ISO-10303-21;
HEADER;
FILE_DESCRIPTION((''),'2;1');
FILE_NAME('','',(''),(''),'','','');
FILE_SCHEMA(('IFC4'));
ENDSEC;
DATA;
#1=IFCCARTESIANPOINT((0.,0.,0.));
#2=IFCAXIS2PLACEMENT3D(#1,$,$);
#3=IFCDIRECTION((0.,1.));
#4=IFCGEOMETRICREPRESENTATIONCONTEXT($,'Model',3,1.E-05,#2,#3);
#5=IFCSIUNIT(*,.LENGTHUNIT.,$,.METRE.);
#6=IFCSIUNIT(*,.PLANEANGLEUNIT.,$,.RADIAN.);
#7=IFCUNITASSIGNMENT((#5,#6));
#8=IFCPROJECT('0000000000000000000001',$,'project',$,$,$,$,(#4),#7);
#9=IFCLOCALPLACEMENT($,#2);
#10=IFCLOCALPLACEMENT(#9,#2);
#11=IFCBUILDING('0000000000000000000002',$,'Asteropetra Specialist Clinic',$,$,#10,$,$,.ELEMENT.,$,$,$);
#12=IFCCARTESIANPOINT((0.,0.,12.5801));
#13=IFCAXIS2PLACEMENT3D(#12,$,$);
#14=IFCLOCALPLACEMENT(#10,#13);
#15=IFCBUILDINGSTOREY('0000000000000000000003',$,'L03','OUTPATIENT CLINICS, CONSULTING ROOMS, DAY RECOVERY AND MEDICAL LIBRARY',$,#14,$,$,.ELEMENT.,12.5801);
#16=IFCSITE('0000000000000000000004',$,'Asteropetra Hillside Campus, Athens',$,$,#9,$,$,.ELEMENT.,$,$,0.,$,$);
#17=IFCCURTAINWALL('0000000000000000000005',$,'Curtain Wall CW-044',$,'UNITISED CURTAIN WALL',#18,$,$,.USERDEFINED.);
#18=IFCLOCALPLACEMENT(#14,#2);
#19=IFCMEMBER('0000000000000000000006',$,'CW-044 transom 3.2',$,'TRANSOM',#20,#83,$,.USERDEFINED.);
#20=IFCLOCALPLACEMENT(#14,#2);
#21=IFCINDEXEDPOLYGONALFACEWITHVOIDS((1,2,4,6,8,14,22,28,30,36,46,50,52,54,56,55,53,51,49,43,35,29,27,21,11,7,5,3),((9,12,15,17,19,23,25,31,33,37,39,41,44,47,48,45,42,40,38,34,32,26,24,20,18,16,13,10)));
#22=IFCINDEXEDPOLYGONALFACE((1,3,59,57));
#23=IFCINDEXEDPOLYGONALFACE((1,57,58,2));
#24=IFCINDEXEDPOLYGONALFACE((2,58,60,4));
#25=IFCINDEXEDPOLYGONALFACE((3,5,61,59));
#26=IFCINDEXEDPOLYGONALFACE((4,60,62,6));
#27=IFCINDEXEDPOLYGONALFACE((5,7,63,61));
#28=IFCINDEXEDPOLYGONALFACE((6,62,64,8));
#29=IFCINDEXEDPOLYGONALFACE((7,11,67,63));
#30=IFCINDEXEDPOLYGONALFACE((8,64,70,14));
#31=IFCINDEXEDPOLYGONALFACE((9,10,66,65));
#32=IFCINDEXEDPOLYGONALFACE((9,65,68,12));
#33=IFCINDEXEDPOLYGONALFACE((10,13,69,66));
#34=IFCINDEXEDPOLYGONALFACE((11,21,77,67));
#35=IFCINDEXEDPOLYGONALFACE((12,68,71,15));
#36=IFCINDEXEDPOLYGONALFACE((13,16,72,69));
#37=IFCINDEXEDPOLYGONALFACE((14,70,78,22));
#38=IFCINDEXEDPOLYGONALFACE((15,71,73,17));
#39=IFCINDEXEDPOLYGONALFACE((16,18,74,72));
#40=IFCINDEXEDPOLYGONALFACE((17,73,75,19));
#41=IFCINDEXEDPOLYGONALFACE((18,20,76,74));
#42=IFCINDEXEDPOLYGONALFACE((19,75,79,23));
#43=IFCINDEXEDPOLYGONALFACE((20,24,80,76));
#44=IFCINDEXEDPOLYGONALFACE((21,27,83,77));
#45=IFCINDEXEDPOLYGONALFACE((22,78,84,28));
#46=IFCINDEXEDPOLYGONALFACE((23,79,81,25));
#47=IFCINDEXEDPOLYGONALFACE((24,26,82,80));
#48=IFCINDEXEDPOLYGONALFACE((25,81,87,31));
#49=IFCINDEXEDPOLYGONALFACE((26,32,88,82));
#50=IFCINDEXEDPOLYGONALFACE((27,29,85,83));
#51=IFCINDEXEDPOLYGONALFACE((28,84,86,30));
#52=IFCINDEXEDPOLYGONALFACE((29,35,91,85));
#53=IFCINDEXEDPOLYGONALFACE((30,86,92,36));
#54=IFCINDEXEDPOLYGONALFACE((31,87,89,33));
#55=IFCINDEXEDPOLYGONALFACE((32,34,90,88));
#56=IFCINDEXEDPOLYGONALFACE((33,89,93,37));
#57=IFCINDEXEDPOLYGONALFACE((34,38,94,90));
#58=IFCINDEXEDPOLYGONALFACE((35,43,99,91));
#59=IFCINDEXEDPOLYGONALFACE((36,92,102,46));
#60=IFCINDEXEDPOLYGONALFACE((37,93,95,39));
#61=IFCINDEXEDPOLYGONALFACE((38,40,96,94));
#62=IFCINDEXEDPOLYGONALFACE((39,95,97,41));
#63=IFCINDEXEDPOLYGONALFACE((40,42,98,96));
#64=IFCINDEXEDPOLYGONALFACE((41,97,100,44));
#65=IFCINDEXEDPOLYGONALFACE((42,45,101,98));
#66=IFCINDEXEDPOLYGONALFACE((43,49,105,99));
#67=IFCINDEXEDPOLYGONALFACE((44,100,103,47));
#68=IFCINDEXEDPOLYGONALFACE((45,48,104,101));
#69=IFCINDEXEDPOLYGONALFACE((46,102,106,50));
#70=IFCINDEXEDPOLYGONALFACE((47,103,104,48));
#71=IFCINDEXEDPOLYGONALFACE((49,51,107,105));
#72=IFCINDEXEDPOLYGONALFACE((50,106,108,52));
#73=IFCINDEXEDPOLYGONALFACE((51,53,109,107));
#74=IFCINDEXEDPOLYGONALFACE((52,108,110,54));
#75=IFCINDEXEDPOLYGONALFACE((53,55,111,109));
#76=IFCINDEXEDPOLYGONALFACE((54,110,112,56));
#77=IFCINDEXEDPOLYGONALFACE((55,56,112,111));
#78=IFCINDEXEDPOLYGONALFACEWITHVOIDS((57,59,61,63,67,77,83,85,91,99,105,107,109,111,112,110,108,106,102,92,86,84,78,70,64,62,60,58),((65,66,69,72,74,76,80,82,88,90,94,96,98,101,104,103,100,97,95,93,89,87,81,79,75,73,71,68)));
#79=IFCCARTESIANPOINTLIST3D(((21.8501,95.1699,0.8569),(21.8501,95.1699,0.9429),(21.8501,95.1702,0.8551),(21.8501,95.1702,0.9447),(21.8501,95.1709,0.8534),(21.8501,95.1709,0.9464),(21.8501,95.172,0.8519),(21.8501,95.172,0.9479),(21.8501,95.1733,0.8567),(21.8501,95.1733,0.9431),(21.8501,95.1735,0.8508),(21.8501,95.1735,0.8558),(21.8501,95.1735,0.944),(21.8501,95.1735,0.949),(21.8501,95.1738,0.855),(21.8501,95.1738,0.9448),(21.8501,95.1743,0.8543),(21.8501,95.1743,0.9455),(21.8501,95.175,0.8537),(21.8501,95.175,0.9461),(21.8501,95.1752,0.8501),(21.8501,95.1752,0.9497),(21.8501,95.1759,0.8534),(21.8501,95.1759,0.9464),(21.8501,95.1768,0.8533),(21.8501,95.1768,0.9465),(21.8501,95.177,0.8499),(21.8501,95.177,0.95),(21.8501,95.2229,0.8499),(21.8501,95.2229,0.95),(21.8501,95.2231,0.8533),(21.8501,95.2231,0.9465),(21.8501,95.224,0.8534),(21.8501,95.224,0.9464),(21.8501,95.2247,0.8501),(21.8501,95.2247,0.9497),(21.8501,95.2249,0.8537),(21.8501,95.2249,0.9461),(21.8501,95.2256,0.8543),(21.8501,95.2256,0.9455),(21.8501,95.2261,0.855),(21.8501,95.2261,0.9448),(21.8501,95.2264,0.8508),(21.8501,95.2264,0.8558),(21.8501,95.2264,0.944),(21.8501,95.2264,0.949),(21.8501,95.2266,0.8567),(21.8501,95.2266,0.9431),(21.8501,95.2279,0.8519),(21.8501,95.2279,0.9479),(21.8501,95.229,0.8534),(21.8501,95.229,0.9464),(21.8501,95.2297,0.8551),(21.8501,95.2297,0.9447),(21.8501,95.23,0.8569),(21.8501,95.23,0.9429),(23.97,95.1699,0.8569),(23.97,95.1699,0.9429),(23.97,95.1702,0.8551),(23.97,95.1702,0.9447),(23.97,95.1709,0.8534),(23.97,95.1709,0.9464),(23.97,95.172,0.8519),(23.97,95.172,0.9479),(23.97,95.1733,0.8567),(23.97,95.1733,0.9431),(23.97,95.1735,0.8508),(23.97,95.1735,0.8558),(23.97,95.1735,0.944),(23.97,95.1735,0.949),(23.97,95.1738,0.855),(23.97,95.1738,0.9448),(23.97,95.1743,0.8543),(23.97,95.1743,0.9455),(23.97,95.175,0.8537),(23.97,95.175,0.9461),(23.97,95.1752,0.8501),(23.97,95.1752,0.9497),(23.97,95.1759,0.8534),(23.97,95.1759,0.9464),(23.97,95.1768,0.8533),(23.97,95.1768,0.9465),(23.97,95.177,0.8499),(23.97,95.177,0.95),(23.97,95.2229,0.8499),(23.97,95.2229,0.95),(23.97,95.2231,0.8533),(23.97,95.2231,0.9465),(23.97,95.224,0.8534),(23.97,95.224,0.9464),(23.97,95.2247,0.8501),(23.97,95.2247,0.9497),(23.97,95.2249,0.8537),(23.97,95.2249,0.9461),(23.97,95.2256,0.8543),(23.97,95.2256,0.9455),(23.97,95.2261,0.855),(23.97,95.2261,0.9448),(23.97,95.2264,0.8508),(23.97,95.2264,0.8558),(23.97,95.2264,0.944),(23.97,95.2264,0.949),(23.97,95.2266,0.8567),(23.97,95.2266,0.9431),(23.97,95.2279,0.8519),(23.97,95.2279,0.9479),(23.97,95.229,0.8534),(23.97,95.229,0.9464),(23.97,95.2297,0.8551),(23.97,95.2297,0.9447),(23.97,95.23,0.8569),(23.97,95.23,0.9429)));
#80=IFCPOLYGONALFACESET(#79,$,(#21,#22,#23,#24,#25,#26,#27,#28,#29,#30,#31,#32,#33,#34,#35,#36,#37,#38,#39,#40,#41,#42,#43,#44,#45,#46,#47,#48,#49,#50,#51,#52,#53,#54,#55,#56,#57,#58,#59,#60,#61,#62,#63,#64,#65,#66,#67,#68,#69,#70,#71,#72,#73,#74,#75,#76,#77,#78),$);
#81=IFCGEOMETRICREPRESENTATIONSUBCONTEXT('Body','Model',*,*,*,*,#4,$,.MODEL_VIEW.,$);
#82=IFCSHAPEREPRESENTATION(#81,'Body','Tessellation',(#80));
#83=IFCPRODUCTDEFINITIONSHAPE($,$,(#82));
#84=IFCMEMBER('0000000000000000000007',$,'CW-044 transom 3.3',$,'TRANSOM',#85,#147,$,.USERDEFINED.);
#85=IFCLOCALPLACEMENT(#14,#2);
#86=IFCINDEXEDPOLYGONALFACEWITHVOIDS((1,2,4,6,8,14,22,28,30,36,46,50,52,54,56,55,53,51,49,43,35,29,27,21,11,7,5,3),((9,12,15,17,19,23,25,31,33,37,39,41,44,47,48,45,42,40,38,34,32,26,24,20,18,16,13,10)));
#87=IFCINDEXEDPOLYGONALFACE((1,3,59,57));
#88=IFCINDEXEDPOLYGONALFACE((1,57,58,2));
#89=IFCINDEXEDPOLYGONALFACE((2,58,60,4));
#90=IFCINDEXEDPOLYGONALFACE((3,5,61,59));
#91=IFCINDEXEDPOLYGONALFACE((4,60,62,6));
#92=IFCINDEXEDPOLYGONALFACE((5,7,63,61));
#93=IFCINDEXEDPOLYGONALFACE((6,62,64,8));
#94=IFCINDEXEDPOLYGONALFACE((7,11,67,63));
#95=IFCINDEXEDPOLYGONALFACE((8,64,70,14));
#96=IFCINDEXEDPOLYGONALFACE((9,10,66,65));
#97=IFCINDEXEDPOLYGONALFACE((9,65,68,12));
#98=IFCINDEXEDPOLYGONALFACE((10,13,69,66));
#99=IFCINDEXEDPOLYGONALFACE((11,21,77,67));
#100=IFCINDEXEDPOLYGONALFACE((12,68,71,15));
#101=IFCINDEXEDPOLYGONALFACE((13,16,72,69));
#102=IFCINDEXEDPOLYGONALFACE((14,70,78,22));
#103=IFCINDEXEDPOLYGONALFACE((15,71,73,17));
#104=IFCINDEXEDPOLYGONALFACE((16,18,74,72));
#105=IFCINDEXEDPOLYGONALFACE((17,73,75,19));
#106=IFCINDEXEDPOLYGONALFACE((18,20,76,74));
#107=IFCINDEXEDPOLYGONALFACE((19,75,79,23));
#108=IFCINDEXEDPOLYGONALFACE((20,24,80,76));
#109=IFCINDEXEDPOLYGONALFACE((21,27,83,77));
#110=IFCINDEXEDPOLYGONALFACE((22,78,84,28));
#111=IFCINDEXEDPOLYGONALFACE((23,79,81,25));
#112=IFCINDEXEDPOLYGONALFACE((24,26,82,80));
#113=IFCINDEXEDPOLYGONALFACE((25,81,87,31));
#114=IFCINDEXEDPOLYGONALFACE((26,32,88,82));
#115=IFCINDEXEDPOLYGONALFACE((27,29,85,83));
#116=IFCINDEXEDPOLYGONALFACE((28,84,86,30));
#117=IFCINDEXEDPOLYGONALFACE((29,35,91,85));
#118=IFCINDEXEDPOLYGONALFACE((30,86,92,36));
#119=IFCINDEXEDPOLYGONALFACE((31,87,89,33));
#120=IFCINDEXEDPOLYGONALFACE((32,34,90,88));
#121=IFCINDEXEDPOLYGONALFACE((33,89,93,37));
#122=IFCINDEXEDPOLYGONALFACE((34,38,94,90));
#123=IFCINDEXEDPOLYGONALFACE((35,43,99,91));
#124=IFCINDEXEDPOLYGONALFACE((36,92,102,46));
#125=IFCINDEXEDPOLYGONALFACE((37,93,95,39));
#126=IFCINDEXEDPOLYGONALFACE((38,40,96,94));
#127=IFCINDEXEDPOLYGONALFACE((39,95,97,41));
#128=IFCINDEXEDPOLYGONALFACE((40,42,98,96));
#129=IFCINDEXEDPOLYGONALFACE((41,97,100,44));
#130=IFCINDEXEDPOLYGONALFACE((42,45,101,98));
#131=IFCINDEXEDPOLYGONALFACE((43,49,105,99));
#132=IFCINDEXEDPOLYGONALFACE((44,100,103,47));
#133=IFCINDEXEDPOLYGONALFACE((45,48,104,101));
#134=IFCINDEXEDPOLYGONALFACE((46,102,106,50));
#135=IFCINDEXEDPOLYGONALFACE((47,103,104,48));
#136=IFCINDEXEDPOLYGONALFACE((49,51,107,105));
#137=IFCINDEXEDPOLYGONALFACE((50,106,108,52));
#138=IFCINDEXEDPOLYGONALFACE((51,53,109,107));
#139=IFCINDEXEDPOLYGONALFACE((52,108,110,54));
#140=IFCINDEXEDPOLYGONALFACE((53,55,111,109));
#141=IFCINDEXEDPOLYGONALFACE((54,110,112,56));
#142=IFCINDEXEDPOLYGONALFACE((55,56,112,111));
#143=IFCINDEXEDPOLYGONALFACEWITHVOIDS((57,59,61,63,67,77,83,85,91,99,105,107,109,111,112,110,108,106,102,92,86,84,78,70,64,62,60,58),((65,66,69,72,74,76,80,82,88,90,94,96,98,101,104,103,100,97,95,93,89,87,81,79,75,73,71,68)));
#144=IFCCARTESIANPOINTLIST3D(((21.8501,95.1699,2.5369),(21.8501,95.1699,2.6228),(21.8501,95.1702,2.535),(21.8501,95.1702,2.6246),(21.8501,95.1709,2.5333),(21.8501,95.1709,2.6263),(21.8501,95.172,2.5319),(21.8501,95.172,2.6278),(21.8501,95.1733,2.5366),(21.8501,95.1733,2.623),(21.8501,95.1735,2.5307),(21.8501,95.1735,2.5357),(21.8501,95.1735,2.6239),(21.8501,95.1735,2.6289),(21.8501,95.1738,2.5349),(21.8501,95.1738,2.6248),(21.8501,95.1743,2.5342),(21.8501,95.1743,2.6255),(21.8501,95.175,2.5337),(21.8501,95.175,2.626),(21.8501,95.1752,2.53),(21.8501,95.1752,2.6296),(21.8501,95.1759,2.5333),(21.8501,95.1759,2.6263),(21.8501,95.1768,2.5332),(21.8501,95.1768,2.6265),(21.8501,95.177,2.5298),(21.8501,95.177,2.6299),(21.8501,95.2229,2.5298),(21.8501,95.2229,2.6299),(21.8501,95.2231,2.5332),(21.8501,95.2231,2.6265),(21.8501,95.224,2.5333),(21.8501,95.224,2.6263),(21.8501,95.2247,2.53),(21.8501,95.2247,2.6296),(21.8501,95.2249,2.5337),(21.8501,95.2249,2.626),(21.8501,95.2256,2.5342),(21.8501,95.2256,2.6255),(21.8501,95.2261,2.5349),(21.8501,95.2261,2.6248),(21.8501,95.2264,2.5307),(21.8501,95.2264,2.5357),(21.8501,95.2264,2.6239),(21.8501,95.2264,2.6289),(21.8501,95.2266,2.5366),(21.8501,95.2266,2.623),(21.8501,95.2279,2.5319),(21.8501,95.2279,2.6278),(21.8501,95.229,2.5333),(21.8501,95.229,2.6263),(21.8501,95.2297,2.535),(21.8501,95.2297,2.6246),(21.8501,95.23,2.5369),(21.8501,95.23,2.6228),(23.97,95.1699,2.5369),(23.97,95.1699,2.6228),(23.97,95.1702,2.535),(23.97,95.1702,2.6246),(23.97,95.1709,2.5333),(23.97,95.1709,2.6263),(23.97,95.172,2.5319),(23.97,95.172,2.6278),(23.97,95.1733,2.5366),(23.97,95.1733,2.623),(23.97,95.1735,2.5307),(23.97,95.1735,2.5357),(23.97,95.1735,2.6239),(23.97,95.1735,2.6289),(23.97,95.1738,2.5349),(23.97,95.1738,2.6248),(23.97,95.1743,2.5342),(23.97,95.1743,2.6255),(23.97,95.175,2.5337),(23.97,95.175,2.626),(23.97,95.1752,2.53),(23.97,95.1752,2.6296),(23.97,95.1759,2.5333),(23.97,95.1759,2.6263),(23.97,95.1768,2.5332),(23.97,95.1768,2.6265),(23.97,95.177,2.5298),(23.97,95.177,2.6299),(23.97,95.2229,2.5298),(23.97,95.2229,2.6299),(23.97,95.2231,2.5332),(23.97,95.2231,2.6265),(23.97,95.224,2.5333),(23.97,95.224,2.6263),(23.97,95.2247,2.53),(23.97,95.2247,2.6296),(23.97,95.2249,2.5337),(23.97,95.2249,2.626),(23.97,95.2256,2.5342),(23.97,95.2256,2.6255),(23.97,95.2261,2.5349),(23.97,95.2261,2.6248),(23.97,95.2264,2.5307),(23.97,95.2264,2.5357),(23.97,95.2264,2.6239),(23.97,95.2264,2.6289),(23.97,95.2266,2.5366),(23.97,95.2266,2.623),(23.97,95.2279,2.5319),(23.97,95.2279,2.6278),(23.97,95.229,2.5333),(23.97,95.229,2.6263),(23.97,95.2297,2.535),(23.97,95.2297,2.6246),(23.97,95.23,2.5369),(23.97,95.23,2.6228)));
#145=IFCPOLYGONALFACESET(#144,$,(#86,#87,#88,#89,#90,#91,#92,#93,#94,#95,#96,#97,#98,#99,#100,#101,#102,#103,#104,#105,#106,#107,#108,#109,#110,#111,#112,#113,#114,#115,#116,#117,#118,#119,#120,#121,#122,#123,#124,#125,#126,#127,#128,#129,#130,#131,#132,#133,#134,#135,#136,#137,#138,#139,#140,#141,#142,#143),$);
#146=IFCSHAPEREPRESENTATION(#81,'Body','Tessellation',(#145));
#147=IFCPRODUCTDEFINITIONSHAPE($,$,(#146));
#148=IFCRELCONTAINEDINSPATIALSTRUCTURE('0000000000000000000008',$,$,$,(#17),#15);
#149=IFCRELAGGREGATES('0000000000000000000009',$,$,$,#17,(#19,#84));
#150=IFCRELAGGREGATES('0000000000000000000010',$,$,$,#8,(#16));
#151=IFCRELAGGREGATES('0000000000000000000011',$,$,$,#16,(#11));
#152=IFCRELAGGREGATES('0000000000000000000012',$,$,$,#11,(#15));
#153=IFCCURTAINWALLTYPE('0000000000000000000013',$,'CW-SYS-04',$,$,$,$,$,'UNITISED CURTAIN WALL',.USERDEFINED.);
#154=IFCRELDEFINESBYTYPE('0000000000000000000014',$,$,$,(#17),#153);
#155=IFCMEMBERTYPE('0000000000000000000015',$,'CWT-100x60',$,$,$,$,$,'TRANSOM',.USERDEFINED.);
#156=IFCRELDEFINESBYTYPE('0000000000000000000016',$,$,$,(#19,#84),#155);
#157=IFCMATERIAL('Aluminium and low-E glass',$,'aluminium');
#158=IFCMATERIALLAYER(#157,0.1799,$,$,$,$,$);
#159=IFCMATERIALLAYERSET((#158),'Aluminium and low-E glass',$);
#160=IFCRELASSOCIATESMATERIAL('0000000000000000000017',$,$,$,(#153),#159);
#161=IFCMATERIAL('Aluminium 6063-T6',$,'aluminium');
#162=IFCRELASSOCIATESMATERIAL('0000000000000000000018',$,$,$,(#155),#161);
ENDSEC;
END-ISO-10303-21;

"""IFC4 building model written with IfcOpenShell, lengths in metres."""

from ifc_helpers import new_model, si_unit, direction, frame, origin, origin_2d, place, context, subcontext, project, spatial, hollow_rectangle, extrude, material, layer, layer_set, material_profile, profile_set, type_object, element, aggregate, save


model = new_model("IFC4")

# Units and contexts
model_context = context("Model", 3, precision=1e-05, world=origin(), true_north=direction((0.0, 1.0)))
body_context = subcontext(model_context, "Body", "Model", "MODEL_VIEW")
ifc_project = project(units=[si_unit("LENGTHUNIT", "METRE"), si_unit("PLANEANGLEUNIT", "RADIAN")], contexts=[model_context])

# Site, building, storey
site_placement = place(None, origin())
site = spatial("IfcSite", under=ifc_project, at=site_placement, Name="Asteropetra Hillside Campus, Athens", CompositionType="ELEMENT", RefElevation=0.0)
building_placement = place(site_placement, origin())
building = spatial("IfcBuilding", under=site, at=building_placement, Name="Asteropetra Specialist Clinic", CompositionType="ELEMENT")
storey_placement = place(building_placement, frame((0.0, 0.0, 12.5801)))
storey = spatial("IfcBuildingStorey", under=building, at=storey_placement, Name="L03", Description="OUTPATIENT CLINICS, CONSULTING ROOMS, DAY RECOVERY AND MEDICAL LIBRARY", CompositionType="ELEMENT", Elevation=12.5801)

# Curtain wall
ifc_material_1 = material(Name="Aluminium and low-E glass", Category="aluminium")
ifc_layer_1 = layer(ifc_material_1, 0.1799)
ifc_layer_set_1 = layer_set([ifc_layer_1], Name="Aluminium and low-E glass")
curtain_wall_type_1 = type_object("IfcCurtainWallType", Name="CW-SYS-04", ElementType="UNITISED CURTAIN WALL", PredefinedType="USERDEFINED", material=ifc_layer_set_1)
curtain_wall_1_placement = place(storey_placement, origin())
curtain_wall_1 = element("IfcCurtainWall", 1, at=curtain_wall_1_placement, inside=storey, type_object=curtain_wall_type_1, Name="Curtain Wall CW-044", ObjectType="UNITISED CURTAIN WALL", PredefinedType="USERDEFINED")

# Members
ifc_material_2 = material(Name="Aluminium 6063-T6", Category="aluminium")
ifc_material_profile_1 = material_profile(ifc_material_2, hollow_rectangle(XDim=0.0601, YDim=0.1001, WallThickness=0.0034, InnerFilletRadius=0.0034, OuterFilletRadius=0.0071, at=origin_2d()), Name="TRN 100x60x3.5")
ifc_profile_set_1 = profile_set([ifc_material_profile_1], Name="Aluminium 6063-T6")
member_type_1 = type_object("IfcMemberType", Name="CWT-100x60", ElementType="TRANSOM", PredefinedType="USERDEFINED", material=ifc_profile_set_1)
member_1_placement = place(storey_placement, frame((23.97, 95.2, 0.8999), z_axis=(-1.0, 0.0, 0.0), x_axis=(0.0, -1.0, 0.0)))
member_1 = element("IfcMember", 2, at=member_1_placement, type_object=member_type_1, Name="CW-044 transom 3.2", ObjectType="TRANSOM", PredefinedType="USERDEFINED", context=body_context, shape_type="SweptSolid", body=[
    extrude(hollow_rectangle(XDim=0.0601, YDim=0.1001, WallThickness=0.0034, InnerFilletRadius=0.0034, OuterFilletRadius=0.0071, at=origin_2d()), origin(), (0.0, 0.0, 1.0), 2.1199),
])
member_2_placement = place(storey_placement, frame((23.97, 95.2, 2.5798), z_axis=(-1.0, 0.0, 0.0), x_axis=(0.0, -1.0, 0.0)))
member_2 = element("IfcMember", 3, at=member_2_placement, type_object=member_type_1, Name="CW-044 transom 3.3", ObjectType="TRANSOM", PredefinedType="USERDEFINED", context=body_context, shape_type="SweptSolid", body=[
    extrude(hollow_rectangle(XDim=0.0601, YDim=0.1001, WallThickness=0.0034, InnerFilletRadius=0.0034, OuterFilletRadius=0.0071, at=origin_2d()), origin(), (0.0, 0.0, 1.0), 2.1199),
])

aggregate(curtain_wall_1, [member_1, member_2])

save(model, "model.ifc")
